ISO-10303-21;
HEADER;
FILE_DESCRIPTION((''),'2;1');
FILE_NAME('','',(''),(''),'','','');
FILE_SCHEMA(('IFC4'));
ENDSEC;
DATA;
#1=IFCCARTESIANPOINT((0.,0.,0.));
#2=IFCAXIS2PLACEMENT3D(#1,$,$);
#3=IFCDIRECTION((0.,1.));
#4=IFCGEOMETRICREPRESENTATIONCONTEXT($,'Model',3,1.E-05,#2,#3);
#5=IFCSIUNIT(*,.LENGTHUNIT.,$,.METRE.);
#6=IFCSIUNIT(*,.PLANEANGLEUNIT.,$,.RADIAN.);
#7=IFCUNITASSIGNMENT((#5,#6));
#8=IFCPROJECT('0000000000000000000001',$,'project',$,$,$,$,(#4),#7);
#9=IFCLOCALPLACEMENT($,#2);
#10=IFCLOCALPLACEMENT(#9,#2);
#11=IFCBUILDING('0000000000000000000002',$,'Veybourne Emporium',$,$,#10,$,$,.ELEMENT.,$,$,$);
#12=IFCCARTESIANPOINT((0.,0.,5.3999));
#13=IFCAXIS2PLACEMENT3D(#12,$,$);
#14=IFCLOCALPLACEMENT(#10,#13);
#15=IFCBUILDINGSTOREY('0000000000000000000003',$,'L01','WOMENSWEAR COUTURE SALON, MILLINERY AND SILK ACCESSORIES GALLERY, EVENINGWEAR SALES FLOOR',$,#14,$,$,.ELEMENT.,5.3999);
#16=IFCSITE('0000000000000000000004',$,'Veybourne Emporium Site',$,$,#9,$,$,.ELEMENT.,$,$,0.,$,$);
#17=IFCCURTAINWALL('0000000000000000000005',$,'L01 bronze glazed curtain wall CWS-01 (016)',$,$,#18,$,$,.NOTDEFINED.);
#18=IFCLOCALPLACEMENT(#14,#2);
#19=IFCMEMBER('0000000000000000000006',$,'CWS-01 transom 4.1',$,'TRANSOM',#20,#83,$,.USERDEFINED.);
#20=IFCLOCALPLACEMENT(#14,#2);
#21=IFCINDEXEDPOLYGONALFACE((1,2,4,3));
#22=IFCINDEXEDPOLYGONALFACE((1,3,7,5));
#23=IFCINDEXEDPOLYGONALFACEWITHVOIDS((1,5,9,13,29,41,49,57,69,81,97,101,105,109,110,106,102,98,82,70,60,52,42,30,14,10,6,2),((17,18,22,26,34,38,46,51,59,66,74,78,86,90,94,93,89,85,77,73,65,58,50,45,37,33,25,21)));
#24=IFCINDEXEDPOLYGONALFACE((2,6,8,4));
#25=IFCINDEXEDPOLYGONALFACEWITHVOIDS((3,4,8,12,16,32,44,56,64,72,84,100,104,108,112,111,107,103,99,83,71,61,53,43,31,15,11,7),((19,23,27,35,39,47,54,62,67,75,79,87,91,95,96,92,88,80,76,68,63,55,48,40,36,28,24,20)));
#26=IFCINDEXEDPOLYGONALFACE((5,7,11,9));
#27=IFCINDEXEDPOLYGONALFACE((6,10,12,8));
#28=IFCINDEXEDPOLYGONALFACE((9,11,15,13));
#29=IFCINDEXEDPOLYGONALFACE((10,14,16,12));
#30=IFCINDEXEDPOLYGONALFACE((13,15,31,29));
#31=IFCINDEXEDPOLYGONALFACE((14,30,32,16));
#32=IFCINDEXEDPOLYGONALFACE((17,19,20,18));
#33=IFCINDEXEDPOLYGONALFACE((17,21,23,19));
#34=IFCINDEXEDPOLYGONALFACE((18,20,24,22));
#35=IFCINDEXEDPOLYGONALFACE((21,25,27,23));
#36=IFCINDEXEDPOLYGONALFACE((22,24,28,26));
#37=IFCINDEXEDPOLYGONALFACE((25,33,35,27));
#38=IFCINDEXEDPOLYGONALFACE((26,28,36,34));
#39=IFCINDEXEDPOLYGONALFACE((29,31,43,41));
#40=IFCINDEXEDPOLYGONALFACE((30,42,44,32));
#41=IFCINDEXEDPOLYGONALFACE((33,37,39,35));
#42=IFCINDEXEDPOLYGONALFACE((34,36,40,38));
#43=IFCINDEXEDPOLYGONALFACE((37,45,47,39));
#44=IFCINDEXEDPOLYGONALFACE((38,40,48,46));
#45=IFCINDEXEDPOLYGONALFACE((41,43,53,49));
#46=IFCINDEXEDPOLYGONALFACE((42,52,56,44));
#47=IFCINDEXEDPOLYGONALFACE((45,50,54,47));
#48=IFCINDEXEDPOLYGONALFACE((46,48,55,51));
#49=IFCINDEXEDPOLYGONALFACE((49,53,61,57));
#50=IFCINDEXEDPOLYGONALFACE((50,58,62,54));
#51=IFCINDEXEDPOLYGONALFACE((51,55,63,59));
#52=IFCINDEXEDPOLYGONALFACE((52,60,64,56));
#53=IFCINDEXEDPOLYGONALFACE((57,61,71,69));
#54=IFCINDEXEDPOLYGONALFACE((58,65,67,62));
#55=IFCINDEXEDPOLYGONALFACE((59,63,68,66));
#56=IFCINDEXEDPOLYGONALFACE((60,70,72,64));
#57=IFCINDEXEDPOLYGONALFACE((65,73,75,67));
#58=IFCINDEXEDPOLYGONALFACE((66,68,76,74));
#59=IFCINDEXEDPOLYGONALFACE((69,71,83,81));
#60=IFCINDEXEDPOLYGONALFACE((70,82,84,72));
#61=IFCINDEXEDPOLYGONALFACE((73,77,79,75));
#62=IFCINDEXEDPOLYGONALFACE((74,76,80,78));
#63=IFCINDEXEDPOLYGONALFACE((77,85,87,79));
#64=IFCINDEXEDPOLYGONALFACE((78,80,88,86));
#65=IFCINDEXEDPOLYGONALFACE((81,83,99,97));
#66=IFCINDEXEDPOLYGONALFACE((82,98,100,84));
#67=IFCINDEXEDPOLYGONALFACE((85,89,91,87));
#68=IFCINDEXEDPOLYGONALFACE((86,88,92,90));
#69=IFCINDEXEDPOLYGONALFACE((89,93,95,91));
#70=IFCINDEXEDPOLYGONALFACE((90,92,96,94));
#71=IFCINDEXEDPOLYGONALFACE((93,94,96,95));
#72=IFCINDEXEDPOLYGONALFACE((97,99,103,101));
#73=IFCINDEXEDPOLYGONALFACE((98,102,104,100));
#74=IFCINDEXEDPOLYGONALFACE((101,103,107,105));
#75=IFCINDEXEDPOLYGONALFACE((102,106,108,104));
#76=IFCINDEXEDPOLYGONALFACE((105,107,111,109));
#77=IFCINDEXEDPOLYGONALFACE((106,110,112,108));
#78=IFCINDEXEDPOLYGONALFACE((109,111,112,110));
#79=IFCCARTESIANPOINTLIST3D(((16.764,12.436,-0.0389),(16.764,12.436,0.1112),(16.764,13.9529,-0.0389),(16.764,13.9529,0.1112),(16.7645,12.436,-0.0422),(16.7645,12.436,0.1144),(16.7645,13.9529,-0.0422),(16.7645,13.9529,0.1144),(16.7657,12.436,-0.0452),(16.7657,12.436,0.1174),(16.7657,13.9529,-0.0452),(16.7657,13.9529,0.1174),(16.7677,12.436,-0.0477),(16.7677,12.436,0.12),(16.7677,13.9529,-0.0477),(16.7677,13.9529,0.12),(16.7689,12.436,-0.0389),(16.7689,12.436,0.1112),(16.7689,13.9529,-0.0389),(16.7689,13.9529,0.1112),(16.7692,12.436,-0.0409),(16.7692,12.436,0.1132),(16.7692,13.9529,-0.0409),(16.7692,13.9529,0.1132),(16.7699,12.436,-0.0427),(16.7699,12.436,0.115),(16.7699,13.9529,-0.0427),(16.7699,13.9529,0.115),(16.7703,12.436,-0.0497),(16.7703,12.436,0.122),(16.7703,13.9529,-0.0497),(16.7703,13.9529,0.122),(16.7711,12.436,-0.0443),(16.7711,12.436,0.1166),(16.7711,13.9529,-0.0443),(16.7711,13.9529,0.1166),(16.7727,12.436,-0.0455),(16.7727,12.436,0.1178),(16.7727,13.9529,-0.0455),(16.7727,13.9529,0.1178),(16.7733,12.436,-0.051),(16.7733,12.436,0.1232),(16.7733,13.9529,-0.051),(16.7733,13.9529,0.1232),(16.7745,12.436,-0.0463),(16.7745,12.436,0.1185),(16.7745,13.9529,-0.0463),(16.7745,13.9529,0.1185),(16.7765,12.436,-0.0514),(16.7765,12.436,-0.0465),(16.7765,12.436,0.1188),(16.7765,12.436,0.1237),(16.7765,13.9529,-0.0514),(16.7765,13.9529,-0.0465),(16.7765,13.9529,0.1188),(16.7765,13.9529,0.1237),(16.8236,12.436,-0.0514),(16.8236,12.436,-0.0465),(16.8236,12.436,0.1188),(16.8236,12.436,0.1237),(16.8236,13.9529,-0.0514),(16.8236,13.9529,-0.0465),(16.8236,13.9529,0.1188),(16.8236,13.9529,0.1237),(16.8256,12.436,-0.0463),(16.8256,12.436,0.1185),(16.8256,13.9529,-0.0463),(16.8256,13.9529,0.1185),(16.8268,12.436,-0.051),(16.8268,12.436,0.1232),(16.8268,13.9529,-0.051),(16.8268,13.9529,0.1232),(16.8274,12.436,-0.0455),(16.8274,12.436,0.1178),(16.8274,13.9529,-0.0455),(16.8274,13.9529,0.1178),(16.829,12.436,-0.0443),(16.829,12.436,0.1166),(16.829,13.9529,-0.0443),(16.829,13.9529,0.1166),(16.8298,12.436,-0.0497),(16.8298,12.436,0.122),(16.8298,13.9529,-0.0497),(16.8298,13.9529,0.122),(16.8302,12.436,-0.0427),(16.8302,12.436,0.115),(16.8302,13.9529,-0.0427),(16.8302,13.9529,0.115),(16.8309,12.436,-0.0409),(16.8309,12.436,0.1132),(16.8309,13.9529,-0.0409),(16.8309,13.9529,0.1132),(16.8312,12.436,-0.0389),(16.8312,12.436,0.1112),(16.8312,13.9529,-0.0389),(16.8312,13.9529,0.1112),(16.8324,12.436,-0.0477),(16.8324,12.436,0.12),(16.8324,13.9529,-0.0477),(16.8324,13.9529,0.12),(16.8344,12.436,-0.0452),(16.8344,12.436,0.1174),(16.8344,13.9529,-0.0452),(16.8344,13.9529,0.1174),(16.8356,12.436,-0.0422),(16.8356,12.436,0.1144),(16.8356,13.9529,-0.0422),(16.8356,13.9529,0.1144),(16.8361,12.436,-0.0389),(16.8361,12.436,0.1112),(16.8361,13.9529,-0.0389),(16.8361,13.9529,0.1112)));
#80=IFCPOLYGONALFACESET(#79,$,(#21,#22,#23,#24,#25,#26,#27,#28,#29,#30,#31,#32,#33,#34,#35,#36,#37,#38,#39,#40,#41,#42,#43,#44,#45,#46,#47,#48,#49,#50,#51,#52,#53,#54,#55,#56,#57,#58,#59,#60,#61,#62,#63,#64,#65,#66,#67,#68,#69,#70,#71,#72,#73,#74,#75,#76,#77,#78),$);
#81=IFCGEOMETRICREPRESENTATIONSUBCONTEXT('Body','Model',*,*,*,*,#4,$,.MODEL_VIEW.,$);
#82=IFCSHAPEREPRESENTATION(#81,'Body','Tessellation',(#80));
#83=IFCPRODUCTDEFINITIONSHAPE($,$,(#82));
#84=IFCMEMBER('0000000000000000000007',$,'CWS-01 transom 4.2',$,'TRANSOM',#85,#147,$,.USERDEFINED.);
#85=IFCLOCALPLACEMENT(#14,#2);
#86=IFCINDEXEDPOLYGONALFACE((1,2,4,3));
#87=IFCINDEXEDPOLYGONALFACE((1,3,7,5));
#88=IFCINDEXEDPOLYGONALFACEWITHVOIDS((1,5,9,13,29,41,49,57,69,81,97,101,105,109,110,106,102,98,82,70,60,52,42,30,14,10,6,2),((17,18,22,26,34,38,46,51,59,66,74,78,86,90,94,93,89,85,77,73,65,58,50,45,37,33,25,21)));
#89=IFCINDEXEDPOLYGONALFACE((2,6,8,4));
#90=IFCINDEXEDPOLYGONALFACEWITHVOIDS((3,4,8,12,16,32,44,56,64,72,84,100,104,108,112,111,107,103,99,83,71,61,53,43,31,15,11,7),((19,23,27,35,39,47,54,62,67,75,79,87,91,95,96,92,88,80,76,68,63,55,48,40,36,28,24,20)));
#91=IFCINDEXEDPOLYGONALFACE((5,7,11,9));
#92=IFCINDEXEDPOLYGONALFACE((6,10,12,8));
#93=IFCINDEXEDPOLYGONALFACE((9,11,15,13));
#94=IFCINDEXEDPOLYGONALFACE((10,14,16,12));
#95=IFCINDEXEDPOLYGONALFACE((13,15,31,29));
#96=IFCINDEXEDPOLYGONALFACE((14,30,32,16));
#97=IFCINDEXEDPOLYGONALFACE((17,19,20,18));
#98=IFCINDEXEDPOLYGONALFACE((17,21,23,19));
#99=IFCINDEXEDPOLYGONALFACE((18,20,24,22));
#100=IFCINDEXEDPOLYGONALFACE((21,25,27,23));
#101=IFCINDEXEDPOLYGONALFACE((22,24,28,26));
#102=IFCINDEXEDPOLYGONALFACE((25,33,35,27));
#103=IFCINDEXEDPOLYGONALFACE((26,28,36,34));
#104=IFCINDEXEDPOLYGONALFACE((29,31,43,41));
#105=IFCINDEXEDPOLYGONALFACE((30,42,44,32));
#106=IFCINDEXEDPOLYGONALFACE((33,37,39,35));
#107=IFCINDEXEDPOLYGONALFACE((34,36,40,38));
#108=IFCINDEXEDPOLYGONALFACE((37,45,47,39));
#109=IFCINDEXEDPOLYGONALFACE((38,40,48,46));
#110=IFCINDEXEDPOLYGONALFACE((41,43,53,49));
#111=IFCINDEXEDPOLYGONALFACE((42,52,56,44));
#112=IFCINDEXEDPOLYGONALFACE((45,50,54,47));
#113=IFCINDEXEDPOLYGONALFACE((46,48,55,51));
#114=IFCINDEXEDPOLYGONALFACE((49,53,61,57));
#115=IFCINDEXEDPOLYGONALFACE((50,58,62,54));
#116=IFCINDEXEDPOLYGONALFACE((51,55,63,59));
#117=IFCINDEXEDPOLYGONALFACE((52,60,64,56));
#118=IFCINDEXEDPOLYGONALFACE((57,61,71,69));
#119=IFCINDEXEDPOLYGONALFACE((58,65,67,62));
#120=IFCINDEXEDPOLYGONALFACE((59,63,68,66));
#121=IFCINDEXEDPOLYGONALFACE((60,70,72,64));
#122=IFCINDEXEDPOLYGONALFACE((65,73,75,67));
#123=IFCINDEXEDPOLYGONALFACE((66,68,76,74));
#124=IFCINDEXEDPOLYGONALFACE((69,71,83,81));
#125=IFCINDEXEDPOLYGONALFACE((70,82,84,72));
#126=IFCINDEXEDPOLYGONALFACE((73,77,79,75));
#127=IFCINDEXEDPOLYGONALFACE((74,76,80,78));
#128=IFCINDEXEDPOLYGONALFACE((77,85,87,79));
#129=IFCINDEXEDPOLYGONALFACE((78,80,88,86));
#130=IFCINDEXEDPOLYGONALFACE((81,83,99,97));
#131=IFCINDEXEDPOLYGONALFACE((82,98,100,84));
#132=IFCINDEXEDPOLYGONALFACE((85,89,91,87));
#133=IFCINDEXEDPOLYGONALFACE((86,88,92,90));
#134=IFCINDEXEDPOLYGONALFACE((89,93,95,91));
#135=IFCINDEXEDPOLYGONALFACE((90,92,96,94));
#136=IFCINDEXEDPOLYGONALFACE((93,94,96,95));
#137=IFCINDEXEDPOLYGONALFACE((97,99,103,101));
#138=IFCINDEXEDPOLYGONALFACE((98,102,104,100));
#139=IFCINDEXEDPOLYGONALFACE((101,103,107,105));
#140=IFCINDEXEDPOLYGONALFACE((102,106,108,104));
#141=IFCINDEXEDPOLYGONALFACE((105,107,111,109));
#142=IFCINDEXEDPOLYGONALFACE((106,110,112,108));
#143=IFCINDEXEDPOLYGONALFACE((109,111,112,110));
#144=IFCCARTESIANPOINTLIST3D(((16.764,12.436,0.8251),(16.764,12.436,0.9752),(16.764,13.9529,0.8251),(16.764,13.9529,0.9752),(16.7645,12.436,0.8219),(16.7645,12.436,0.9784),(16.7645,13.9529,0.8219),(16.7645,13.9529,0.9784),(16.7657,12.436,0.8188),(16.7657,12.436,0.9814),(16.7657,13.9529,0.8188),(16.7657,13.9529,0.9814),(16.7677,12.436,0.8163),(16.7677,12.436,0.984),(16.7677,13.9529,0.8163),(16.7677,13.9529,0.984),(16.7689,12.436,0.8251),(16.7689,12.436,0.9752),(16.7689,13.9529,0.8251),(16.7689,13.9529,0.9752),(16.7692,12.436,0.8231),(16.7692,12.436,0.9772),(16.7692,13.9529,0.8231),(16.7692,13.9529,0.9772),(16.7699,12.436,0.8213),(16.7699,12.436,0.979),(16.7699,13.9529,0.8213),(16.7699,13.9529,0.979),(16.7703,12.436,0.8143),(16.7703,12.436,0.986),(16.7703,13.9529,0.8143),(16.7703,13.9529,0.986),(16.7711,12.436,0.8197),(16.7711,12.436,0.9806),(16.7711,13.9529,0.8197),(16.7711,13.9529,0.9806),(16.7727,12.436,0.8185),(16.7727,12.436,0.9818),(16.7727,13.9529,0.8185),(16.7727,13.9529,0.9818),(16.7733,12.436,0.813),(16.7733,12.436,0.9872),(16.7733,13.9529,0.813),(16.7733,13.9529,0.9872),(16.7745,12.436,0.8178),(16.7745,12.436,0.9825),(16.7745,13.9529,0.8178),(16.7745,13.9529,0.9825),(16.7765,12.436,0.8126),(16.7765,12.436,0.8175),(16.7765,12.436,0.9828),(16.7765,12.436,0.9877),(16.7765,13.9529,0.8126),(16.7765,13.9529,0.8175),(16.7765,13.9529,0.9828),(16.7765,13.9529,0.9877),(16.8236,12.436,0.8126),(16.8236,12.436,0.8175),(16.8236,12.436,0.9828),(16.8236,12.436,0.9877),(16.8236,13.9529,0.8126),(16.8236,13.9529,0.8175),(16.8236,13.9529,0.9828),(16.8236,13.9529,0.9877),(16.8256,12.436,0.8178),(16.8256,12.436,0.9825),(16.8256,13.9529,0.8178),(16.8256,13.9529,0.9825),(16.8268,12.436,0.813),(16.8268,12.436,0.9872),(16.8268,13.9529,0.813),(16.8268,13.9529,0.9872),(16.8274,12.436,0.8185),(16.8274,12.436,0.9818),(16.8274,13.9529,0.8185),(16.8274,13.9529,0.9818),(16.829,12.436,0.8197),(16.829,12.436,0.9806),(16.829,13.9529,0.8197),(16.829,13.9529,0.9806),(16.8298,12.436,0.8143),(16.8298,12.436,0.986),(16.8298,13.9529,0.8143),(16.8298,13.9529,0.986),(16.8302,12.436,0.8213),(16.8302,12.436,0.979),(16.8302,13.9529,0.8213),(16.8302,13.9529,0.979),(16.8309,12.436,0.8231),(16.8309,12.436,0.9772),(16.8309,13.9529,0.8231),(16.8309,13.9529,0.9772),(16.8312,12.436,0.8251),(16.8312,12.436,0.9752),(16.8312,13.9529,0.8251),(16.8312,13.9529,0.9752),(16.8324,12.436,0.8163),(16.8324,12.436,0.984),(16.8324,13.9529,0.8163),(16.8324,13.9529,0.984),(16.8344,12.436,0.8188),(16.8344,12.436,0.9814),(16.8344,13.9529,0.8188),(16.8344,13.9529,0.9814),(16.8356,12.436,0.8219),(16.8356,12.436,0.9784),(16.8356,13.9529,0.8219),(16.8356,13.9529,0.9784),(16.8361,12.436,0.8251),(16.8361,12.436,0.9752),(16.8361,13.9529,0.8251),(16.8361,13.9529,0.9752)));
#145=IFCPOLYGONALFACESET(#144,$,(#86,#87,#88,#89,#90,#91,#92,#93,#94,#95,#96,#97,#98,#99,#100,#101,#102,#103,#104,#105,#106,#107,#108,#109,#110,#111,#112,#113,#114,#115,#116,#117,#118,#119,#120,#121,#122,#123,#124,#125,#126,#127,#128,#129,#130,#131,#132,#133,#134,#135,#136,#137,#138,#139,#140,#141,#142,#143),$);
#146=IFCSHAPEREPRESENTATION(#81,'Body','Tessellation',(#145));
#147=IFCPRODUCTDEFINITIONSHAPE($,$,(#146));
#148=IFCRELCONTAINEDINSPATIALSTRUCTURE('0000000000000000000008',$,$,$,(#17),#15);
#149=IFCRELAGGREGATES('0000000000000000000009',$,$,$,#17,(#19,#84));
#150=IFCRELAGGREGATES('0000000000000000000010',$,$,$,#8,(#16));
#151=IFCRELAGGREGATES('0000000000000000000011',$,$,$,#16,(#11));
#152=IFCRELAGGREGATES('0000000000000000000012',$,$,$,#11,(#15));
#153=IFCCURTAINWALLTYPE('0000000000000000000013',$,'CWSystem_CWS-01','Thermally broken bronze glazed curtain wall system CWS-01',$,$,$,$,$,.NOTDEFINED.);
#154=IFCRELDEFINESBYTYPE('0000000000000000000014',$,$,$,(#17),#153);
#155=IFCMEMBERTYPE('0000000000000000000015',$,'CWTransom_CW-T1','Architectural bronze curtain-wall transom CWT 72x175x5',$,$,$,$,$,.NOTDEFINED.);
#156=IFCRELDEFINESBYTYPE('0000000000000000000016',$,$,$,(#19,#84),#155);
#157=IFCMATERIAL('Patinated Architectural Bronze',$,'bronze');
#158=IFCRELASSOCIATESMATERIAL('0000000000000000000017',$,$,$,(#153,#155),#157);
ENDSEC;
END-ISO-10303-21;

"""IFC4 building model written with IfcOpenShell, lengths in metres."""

from ifc_helpers import new_model, si_unit, direction, frame, origin, origin_2d, place, context, subcontext, project, spatial, hollow_rectangle, extrude, material, material_profile, profile_set, type_object, element, aggregate, save


model = new_model("IFC4")

# Units and contexts
model_context = context("Model", 3, precision=1e-05, world=origin(), true_north=direction((0.0, 1.0)))
body_context = subcontext(model_context, "Body", "Model", "MODEL_VIEW")
ifc_project = project(units=[si_unit("LENGTHUNIT", "METRE"), si_unit("PLANEANGLEUNIT", "RADIAN")], contexts=[model_context])

# Site, building, storey
site_placement = place(None, origin())
site = spatial("IfcSite", under=ifc_project, at=site_placement, Name="Veybourne Emporium Site", CompositionType="ELEMENT", RefElevation=0.0)
building_placement = place(site_placement, origin())
building = spatial("IfcBuilding", under=site, at=building_placement, Name="Veybourne Emporium", CompositionType="ELEMENT")
storey_placement = place(building_placement, frame((0.0, 0.0, 5.3999)))
storey = spatial("IfcBuildingStorey", under=building, at=storey_placement, Name="L01", Description="WOMENSWEAR COUTURE SALON, MILLINERY AND SILK ACCESSORIES GALLERY, EVENINGWEAR SALES FLOOR", CompositionType="ELEMENT", Elevation=5.3999)

# Curtain wall, members
ifc_material_1 = material(Name="Patinated Architectural Bronze", Category="bronze")
curtain_wall_type = type_object("IfcCurtainWallType", Name="CWSystem_CWS-01", Description="Thermally broken bronze glazed curtain wall system CWS-01", PredefinedType="NOTDEFINED", material=ifc_material_1)
curtain_wall_placement = place(storey_placement, origin())
curtain_wall = element("IfcCurtainWall", 1, at=curtain_wall_placement, inside=storey, type_object=curtain_wall_type, Name="L01 bronze glazed curtain wall CWS-01 (016)", PredefinedType="NOTDEFINED")
ifc_material_profile_1 = material_profile(ifc_material_1, hollow_rectangle(XDim=0.072, YDim=0.175, WallThickness=0.0049, InnerFilletRadius=0.0076, OuterFilletRadius=0.0125, at=origin_2d()), Name="CWT 72x175x5")
ifc_profile_set_1 = profile_set([ifc_material_profile_1], Name="Patinated Architectural Bronze")
member_type_1 = type_object("IfcMemberType", Name="CWTransom_CW-T1", Description="Architectural bronze curtain-wall transom CWT 72x175x5", PredefinedType="NOTDEFINED", material=ifc_profile_set_1)
member_1_placement = place(storey_placement, frame((16.8, 12.436, 0.0361), z_axis=(0.0, 1.0, 0.0), x_axis=(-1.0, 0.0, 0.0)))
member_1 = element("IfcMember", 2, at=member_1_placement, type_object=member_type_1, Name="CWS-01 transom 4.1", ObjectType="TRANSOM", PredefinedType="USERDEFINED", context=body_context, shape_type="SweptSolid", body=[
    extrude(hollow_rectangle(XDim=0.072, YDim=0.175, WallThickness=0.0049, InnerFilletRadius=0.0076, OuterFilletRadius=0.0125, at=origin_2d()), origin(), (0.0, 0.0, 1.0), 1.5168),
])
member_2_placement = place(storey_placement, frame((16.8, 12.436, 0.9001), z_axis=(0.0, 1.0, 0.0), x_axis=(-1.0, 0.0, 0.0)))
member_2 = element("IfcMember", 3, at=member_2_placement, type_object=member_type_1, Name="CWS-01 transom 4.2", ObjectType="TRANSOM", PredefinedType="USERDEFINED", context=body_context, shape_type="SweptSolid", body=[
    extrude(hollow_rectangle(XDim=0.072, YDim=0.175, WallThickness=0.0049, InnerFilletRadius=0.0076, OuterFilletRadius=0.0125, at=origin_2d()), origin(), (0.0, 0.0, 1.0), 1.5168),
])
aggregate(curtain_wall, [member_1, member_2])

save(model, "model.ifc")
